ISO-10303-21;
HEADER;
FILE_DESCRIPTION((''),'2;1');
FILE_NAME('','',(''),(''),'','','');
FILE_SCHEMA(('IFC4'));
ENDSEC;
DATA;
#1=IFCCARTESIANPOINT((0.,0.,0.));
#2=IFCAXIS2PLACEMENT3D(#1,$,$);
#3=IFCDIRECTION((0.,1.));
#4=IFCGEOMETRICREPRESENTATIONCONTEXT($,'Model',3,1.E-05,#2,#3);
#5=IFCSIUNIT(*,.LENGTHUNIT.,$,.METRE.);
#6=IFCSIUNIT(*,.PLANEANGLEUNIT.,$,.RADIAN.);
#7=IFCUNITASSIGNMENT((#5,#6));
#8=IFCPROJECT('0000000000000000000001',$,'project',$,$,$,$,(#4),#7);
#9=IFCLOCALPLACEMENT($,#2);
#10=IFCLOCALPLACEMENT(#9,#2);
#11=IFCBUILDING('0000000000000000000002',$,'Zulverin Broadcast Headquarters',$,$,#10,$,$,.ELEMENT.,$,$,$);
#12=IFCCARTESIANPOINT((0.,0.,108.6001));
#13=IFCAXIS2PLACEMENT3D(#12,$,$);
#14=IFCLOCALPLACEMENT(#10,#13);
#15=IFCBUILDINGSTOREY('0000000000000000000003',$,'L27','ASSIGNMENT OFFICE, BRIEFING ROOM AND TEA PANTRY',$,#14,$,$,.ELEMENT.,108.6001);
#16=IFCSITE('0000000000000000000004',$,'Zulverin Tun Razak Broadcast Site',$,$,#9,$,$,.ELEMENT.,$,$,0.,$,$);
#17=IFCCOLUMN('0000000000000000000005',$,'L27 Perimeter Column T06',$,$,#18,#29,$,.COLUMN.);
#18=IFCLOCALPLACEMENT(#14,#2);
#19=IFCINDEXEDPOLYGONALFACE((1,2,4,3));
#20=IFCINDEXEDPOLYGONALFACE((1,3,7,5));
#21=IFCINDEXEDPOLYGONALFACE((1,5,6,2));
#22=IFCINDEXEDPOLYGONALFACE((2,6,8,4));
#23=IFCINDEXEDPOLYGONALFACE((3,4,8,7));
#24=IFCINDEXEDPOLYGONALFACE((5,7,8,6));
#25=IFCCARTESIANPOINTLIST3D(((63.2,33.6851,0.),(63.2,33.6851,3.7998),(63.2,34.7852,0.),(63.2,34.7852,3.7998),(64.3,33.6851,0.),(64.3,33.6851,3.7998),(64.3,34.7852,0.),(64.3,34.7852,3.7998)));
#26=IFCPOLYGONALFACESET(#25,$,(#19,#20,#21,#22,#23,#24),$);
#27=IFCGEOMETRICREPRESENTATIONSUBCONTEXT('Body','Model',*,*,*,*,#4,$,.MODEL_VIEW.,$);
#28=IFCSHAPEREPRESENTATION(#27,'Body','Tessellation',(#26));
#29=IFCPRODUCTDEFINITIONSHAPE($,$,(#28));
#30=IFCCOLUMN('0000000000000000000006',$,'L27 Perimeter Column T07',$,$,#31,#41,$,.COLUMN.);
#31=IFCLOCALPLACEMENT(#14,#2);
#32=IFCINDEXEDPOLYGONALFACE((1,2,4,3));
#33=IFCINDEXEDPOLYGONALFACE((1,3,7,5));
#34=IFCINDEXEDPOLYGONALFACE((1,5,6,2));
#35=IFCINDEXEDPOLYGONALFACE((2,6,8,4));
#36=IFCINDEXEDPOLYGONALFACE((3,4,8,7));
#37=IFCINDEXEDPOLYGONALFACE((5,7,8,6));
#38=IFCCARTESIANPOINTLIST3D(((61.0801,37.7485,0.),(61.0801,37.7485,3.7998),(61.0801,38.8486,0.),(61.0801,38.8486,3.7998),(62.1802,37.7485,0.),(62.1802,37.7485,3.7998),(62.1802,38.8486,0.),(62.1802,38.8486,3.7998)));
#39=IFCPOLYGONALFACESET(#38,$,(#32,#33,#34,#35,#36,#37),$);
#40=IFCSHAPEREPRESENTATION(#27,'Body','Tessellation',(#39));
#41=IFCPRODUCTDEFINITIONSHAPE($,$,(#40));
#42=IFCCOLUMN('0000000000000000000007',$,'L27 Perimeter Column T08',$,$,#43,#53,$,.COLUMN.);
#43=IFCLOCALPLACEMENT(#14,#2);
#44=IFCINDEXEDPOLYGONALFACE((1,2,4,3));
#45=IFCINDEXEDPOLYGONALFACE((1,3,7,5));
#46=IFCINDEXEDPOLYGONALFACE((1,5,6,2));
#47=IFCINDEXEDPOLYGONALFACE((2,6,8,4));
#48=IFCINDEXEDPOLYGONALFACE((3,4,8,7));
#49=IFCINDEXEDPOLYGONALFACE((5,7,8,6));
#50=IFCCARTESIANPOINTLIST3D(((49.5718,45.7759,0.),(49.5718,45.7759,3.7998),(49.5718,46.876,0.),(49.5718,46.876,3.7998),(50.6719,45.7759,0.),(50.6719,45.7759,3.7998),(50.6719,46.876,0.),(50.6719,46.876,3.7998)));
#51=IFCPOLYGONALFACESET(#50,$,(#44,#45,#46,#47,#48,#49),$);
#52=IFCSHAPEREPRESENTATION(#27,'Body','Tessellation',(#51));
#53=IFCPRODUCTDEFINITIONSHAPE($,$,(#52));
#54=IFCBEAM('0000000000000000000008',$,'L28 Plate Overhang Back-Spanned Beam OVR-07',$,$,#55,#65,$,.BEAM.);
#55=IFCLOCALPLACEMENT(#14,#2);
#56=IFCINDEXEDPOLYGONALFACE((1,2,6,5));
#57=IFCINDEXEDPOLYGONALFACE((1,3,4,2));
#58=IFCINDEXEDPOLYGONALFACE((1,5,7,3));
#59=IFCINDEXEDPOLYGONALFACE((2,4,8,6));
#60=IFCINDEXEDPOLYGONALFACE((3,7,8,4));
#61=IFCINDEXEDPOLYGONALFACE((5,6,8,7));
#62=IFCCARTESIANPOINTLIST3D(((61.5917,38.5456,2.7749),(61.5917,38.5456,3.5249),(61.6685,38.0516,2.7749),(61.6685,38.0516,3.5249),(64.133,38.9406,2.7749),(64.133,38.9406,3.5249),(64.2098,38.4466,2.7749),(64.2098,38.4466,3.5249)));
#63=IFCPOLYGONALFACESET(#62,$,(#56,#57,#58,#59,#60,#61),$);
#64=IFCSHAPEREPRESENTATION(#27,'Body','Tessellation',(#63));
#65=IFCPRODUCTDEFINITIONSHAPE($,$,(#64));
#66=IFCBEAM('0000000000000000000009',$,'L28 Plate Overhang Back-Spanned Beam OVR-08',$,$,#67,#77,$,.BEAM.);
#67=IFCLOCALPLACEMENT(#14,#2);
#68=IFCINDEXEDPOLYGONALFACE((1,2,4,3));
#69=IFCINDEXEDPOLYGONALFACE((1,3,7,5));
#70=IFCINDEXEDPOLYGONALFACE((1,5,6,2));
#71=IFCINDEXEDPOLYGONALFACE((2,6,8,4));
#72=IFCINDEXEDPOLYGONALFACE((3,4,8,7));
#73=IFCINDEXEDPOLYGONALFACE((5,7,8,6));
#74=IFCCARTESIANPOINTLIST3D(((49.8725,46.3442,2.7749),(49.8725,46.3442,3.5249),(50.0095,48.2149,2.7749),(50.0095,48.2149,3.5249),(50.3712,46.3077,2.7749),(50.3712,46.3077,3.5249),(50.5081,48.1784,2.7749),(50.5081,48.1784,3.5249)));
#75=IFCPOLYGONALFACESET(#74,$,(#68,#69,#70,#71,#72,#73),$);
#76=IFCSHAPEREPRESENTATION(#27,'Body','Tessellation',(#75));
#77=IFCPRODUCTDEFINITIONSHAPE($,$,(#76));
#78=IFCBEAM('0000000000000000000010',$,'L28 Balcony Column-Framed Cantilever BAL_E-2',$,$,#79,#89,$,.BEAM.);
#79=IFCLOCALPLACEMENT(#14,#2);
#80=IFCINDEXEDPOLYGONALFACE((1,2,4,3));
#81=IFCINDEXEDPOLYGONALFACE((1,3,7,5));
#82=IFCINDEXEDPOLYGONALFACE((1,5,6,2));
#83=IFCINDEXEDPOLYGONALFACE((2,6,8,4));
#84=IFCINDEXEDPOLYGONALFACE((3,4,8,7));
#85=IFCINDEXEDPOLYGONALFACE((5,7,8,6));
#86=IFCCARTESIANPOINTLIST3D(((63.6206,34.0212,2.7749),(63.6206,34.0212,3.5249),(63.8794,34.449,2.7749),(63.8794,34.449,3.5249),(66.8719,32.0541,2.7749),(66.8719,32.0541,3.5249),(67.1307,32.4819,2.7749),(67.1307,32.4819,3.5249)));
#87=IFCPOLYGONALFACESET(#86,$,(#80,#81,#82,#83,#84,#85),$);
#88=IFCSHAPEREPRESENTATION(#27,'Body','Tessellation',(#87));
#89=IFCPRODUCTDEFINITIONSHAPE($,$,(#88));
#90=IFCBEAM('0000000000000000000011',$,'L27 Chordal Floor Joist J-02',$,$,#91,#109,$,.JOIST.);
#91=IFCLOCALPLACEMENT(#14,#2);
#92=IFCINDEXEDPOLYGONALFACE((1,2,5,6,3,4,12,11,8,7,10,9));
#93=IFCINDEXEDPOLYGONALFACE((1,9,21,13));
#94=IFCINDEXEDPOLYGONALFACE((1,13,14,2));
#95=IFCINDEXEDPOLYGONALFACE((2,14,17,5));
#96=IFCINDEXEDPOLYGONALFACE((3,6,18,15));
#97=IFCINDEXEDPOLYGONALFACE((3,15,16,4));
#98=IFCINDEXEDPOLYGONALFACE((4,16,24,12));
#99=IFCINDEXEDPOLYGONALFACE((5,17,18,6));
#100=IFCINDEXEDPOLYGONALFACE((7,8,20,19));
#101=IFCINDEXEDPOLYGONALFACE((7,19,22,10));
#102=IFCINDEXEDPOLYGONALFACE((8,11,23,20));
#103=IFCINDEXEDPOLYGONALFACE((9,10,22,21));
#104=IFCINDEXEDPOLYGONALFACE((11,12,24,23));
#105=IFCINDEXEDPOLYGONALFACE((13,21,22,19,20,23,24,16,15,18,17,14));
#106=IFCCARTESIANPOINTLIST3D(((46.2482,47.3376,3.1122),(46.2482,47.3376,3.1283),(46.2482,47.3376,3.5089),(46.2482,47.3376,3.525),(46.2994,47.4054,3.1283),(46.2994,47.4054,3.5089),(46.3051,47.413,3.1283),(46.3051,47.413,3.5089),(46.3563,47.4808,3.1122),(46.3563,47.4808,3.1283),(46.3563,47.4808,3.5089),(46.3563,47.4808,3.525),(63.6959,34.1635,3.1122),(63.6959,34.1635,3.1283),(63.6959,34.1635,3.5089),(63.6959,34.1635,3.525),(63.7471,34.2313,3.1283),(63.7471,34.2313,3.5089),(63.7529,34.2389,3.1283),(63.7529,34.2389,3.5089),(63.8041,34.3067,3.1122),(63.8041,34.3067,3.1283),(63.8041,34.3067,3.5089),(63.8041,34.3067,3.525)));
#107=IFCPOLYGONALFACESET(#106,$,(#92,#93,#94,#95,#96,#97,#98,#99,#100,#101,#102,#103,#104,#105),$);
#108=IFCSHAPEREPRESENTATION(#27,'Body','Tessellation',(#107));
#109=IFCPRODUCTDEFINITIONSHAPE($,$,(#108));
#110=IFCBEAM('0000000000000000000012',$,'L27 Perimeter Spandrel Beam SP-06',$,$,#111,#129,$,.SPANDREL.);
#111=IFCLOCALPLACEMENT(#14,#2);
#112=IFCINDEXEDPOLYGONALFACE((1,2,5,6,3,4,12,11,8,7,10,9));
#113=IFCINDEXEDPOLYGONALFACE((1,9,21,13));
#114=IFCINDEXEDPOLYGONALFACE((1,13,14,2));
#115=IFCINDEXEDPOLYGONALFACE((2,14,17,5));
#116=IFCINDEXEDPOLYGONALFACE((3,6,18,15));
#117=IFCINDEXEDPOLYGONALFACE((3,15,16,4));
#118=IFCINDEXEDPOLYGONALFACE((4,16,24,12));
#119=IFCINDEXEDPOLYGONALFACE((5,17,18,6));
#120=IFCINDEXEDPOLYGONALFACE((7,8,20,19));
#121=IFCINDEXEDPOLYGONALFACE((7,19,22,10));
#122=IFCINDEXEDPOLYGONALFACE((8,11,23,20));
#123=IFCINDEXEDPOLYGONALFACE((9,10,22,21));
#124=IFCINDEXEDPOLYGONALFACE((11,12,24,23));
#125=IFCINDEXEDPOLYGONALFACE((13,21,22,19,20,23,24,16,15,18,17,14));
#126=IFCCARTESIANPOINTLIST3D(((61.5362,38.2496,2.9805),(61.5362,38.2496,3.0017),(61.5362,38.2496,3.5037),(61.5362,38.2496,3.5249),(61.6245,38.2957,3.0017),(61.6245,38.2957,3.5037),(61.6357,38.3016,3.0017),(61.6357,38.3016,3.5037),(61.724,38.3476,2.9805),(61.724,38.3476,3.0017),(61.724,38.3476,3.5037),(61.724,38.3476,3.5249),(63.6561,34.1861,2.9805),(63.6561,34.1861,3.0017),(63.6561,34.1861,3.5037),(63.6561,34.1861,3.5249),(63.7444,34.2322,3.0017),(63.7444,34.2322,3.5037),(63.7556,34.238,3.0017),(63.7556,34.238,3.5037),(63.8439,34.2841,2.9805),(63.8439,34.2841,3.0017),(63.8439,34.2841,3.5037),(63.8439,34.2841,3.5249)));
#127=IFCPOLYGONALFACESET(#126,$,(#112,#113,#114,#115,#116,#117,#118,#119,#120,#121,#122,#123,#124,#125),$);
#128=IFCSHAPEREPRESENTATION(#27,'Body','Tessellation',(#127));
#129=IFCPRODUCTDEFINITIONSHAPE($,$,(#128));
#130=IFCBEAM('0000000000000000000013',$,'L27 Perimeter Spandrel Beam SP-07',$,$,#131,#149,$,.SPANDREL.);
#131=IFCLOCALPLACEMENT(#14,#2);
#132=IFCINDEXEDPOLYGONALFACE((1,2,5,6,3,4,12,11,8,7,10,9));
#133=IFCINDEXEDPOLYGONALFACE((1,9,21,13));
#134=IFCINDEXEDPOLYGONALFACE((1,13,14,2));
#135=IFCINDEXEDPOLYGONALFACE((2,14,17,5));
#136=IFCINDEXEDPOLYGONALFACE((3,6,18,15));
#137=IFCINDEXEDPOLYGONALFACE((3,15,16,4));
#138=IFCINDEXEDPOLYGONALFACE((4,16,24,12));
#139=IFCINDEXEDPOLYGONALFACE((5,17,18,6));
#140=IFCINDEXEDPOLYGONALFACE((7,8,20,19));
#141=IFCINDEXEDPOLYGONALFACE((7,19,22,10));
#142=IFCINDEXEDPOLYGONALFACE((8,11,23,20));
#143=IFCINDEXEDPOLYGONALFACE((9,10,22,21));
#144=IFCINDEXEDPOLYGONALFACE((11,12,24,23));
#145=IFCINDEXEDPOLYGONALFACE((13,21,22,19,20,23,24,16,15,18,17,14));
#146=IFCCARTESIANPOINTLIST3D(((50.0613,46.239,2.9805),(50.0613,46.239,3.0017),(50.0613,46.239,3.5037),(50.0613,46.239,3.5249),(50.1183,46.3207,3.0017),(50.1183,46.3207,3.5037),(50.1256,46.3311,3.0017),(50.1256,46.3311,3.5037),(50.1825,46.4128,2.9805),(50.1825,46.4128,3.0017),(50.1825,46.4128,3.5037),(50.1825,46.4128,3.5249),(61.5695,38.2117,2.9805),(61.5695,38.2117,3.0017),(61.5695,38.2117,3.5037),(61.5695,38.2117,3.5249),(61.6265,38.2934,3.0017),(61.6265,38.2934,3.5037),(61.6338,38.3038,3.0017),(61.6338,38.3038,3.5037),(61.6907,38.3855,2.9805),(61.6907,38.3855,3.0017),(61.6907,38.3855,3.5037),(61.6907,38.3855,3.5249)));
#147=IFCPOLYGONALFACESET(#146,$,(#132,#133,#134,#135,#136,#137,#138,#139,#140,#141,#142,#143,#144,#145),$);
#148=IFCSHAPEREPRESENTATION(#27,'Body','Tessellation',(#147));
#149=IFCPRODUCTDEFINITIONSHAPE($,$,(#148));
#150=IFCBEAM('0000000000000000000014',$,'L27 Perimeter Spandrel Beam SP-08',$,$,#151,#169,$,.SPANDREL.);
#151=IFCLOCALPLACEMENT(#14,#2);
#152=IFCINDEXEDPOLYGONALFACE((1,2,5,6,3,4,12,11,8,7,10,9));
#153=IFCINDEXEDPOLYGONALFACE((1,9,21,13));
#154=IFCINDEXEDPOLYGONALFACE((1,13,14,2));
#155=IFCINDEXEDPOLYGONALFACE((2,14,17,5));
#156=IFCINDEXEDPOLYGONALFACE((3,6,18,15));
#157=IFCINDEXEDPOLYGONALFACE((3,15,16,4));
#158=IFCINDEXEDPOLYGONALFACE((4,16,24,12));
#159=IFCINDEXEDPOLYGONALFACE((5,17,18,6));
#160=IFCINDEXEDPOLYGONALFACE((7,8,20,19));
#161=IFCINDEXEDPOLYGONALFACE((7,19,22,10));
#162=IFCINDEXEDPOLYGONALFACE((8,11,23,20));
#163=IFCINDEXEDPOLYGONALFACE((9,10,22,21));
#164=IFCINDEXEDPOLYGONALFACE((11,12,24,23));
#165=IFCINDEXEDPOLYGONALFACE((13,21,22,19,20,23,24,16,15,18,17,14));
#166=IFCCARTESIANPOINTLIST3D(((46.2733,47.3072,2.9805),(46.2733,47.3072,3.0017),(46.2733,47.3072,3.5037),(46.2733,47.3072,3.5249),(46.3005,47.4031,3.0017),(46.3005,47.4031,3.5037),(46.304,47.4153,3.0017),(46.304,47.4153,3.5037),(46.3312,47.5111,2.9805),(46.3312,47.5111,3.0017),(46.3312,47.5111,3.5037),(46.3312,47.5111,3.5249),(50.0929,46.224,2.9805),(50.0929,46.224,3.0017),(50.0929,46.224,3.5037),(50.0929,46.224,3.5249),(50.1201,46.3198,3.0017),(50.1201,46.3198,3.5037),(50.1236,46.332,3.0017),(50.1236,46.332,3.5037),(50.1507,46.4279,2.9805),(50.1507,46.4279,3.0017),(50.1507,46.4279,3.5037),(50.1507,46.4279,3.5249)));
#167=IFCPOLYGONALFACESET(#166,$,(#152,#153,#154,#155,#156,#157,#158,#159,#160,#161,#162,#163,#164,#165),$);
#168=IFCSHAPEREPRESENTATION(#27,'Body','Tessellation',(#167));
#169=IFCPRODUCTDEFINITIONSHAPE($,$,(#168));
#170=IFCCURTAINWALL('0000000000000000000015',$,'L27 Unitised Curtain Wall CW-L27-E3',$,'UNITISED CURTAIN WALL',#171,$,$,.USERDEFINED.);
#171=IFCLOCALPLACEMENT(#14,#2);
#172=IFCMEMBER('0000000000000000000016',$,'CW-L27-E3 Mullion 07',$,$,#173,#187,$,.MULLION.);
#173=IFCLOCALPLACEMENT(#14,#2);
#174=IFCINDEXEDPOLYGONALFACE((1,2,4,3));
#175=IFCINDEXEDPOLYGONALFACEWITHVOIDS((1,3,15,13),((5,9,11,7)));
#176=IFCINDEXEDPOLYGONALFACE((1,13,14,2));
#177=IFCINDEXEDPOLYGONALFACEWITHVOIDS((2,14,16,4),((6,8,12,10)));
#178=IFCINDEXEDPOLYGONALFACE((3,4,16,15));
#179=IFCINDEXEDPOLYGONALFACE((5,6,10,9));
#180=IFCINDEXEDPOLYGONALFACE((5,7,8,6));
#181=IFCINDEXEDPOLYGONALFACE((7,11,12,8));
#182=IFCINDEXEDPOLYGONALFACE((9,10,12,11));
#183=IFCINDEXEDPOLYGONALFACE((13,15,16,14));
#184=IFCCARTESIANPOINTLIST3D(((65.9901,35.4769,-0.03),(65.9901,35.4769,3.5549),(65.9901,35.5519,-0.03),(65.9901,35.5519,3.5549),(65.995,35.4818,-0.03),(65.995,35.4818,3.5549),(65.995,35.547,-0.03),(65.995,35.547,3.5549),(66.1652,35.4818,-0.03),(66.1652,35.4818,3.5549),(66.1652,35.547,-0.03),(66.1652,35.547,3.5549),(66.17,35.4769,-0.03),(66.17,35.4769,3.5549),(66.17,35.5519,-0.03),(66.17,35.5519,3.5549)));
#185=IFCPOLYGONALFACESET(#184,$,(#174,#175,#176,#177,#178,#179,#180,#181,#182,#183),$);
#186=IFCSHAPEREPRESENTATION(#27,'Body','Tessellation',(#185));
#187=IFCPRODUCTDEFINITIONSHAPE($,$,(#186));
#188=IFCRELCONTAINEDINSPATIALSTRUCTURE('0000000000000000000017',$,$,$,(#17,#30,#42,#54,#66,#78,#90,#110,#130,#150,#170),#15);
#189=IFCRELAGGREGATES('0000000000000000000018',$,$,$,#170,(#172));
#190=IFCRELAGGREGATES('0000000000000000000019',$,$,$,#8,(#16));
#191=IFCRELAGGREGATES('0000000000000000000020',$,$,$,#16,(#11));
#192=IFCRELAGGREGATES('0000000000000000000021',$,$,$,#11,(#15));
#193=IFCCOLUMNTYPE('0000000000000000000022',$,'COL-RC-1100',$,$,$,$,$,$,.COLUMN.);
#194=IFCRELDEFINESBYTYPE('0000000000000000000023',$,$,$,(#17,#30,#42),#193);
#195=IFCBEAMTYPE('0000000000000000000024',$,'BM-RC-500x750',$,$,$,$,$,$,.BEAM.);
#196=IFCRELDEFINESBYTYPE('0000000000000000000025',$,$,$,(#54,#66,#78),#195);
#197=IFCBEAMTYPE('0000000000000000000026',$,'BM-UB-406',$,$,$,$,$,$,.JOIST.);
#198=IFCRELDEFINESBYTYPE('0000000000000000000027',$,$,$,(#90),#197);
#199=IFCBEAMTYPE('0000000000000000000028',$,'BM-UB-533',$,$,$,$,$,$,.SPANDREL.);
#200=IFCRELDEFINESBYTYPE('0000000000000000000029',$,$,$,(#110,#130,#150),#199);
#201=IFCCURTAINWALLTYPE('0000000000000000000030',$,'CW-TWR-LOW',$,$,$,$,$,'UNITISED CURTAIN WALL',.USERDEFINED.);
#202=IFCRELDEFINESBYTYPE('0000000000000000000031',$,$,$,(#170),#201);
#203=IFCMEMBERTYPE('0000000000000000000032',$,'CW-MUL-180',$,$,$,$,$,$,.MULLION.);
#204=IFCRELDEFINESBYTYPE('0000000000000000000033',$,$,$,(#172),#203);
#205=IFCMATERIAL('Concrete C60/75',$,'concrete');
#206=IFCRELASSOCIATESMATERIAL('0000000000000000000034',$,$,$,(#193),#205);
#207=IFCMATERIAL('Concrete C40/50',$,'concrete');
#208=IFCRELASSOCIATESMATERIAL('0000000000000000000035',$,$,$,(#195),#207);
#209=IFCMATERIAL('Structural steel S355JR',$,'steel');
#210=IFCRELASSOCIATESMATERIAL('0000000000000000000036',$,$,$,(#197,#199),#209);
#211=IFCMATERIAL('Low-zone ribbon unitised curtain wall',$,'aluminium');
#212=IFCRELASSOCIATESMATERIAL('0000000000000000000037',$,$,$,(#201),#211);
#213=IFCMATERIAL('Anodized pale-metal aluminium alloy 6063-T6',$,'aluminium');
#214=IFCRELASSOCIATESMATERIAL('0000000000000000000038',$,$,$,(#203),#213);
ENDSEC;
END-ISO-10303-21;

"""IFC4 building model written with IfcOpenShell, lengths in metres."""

from ifc_helpers import new_model, si_unit, direction, frame, origin, origin_2d, place, context, subcontext, project, spatial, rectangle, hollow_rectangle, i_section, extrude, material, material_profile, profile_set, type_object, element, aggregate, save


model = new_model("IFC4")

# Units and contexts
model_context = context("Model", 3, precision=1e-05, world=origin(), true_north=direction((0.0, 1.0)))
body_context = subcontext(model_context, "Body", "Model", "MODEL_VIEW")
ifc_project = project(units=[si_unit("LENGTHUNIT", "METRE"), si_unit("PLANEANGLEUNIT", "RADIAN")], contexts=[model_context])

# Site, building, storey
site_placement = place(None, origin())
site = spatial("IfcSite", under=ifc_project, at=site_placement, Name="Zulverin Tun Razak Broadcast Site", CompositionType="ELEMENT", RefElevation=0.0)
building_placement = place(site_placement, origin())
building = spatial("IfcBuilding", under=site, at=building_placement, Name="Zulverin Broadcast Headquarters", CompositionType="ELEMENT")
storey_placement = place(building_placement, frame((0.0, 0.0, 108.6001)))
storey = spatial("IfcBuildingStorey", under=building, at=storey_placement, Name="L27", Description="ASSIGNMENT OFFICE, BRIEFING ROOM AND TEA PANTRY", CompositionType="ELEMENT", Elevation=108.6001)

# Columns
ifc_material_1 = material(Name="Concrete C60/75", Category="concrete")
ifc_material_profile_1 = material_profile(ifc_material_1, rectangle(XDim=1.1001, YDim=1.1001, at=origin_2d()), Name="Concrete C60/75", Category="concrete")
ifc_profile_set_1 = profile_set([ifc_material_profile_1], Name="Concrete C60/75")
column_type = type_object("IfcColumnType", Name="COL-RC-1100", PredefinedType="COLUMN", material=ifc_profile_set_1)
for number, where, z_axis, x_axis, name in (
    (1, (63.75, 34.2351, 0.0), (0.0, 0.0, 1.0), (1.0, 0.0, 0.0), "L27 Perimeter Column T06"),
    (2, (61.6301, 38.2986, 0.0), (0.0, 0.0, 1.0), (1.0, 0.0, 0.0), "L27 Perimeter Column T07"),
    (3, (50.1218, 46.3259, 0.0), (0.0, 0.0, 1.0), (1.0, 0.0, 0.0), "L27 Perimeter Column T08"),
):
    element("IfcColumn", number, at=place(storey_placement, frame(where, z_axis=z_axis, x_axis=x_axis)), inside=storey, type_object=column_type, Name=name, PredefinedType="COLUMN", context=body_context, shape_type="SweptSolid", body=[
        extrude(rectangle(XDim=1.1001, YDim=1.1001, at=origin_2d()), origin(), (0.0, 0.0, 1.0), 3.7998),
    ])

# Beams
ifc_material_2 = material(Name="Concrete C40/50", Category="concrete")
ifc_material_profile_2 = material_profile(ifc_material_2, rectangle(XDim=0.5, YDim=0.75, at=origin_2d()), Name="Concrete C40/50", Category="concrete")
ifc_profile_set_2 = profile_set([ifc_material_profile_2], Name="Concrete C40/50")
beam_type_1 = type_object("IfcBeamType", Name="BM-RC-500x750", PredefinedType="BEAM", material=ifc_profile_set_2)
beam_1_placement = place(storey_placement, frame((61.6301, 38.2986, 3.1499), z_axis=(0.988133, 0.153598, 0.0), x_axis=(-0.153598, 0.988133, 0.0)))
element("IfcBeam", 4, at=beam_1_placement, inside=storey, type_object=beam_type_1, Name="L28 Plate Overhang Back-Spanned Beam OVR-07", PredefinedType="BEAM", context=body_context, shape_type="SweptSolid", body=[
    extrude(rectangle(XDim=0.5, YDim=0.75, at=origin_2d()), origin(), (0.0, 0.0, 1.0), 2.5718),
])
beam_2_placement = place(storey_placement, frame((50.1218, 46.3259, 3.1499), z_axis=(0.073023, 0.99733, 0.0), x_axis=(-0.99733, 0.073023, 0.0)))
element("IfcBeam", 5, at=beam_2_placement, inside=storey, type_object=beam_type_1, Name="L28 Plate Overhang Back-Spanned Beam OVR-08", PredefinedType="BEAM", context=body_context, shape_type="SweptSolid", body=[
    extrude(rectangle(XDim=0.5, YDim=0.75, at=origin_2d()), origin(), (0.0, 0.0, 1.0), 1.8757),
])
beam_3_placement = place(storey_placement, frame((63.75, 34.2351, 3.1499), z_axis=(0.855594, -0.517648, 0.0), x_axis=(0.517648, 0.855594, 0.0)))
element("IfcBeam", 6, at=beam_3_placement, inside=storey, type_object=beam_type_1, Name="L28 Balcony Column-Framed Cantilever BAL_E-2", PredefinedType="BEAM", context=body_context, shape_type="SweptSolid", body=[
    extrude(rectangle(XDim=0.5, YDim=0.75, at=origin_2d()), origin(), (0.0, 0.0, 1.0), 3.8),
])
ifc_material_3 = material(Name="Structural steel S355JR", Category="steel")
ifc_material_profile_3 = material_profile(ifc_material_3, i_section(OverallWidth=0.1794, OverallDepth=0.4128, WebThickness=0.0095, FlangeThickness=0.0161, at=origin_2d()), Name="Structural steel S355JR", Category="steel")
ifc_profile_set_3 = profile_set([ifc_material_profile_3], Name="Structural steel S355JR")
beam_type_2 = type_object("IfcBeamType", Name="BM-UB-406", PredefinedType="JOIST", material=ifc_profile_set_3)
beam_4_placement = place(storey_placement, frame((63.75, 34.2351, 3.3186), z_axis=(-0.798058, 0.60258, 0.0), x_axis=(-0.60258, -0.798058, 0.0)))
element("IfcBeam", 7, at=beam_4_placement, inside=storey, type_object=beam_type_2, Name="L27 Chordal Floor Joist J-02", PredefinedType="JOIST", context=body_context, shape_type="SweptSolid", body=[
    extrude(i_section(OverallWidth=0.1794, OverallDepth=0.4128, WebThickness=0.0095, FlangeThickness=0.0161, at=origin_2d()), origin(), (0.0, 0.0, 1.0), 21.8628),
])
ifc_material_profile_4 = material_profile(ifc_material_3, i_section(OverallWidth=0.2119, OverallDepth=0.5444, WebThickness=0.0127, FlangeThickness=0.0212, at=origin_2d()), Name="Structural steel S355JR", Category="steel")
ifc_profile_set_4 = profile_set([ifc_material_profile_4], Name="Structural steel S355JR")
beam_type_3 = type_object("IfcBeamType", Name="BM-UB-533", PredefinedType="SPANDREL", material=ifc_profile_set_4)
beam_5_placement = place(storey_placement, frame((63.75, 34.2351, 3.2527), z_axis=(-0.462531, 0.886603, 0.0), x_axis=(-0.886603, -0.462531, 0.0)))
element("IfcBeam", 8, at=beam_5_placement, inside=storey, type_object=beam_type_3, Name="L27 Perimeter Spandrel Beam SP-06", PredefinedType="SPANDREL", context=body_context, shape_type="SweptSolid", body=[
    extrude(i_section(OverallWidth=0.2119, OverallDepth=0.5444, WebThickness=0.0127, FlangeThickness=0.0212, at=origin_2d()), origin(), (0.0, 0.0, 1.0), 4.5833),
])
beam_6_placement = place(storey_placement, frame((61.6301, 38.2986, 3.2527), z_axis=(-0.820184, 0.5721, 0.0), x_axis=(-0.5721, -0.820184, 0.0)))
element("IfcBeam", 9, at=beam_6_placement, inside=storey, type_object=beam_type_3, Name="L27 Perimeter Spandrel Beam SP-07", PredefinedType="SPANDREL", context=body_context, shape_type="SweptSolid", body=[
    extrude(i_section(OverallWidth=0.2119, OverallDepth=0.5444, WebThickness=0.0127, FlangeThickness=0.0212, at=origin_2d()), origin(), (0.0, 0.0, 1.0), 14.0312),
])
beam_7_placement = place(storey_placement, frame((50.1218, 46.3259, 3.2527), z_axis=(-0.962058, 0.272844, 0.0), x_axis=(-0.272844, -0.962058, 0.0)))
element("IfcBeam", 10, at=beam_7_placement, inside=storey, type_object=beam_type_3, Name="L27 Perimeter Spandrel Beam SP-08", PredefinedType="SPANDREL", context=body_context, shape_type="SweptSolid", body=[
    extrude(i_section(OverallWidth=0.2119, OverallDepth=0.5444, WebThickness=0.0127, FlangeThickness=0.0212, at=origin_2d()), origin(), (0.0, 0.0, 1.0), 3.9702),
])

# Curtain wall, member
ifc_material_4 = material(Name="Low-zone ribbon unitised curtain wall", Category="aluminium")
curtain_wall_type = type_object("IfcCurtainWallType", Name="CW-TWR-LOW", ElementType="UNITISED CURTAIN WALL", PredefinedType="USERDEFINED", material=ifc_material_4)
curtain_wall_placement = place(storey_placement, origin())
curtain_wall = element("IfcCurtainWall", 11, at=curtain_wall_placement, inside=storey, type_object=curtain_wall_type, Name="L27 Unitised Curtain Wall CW-L27-E3", ObjectType="UNITISED CURTAIN WALL", PredefinedType="USERDEFINED")
ifc_material_5 = material(Name="Anodized pale-metal aluminium alloy 6063-T6", Category="aluminium")
ifc_material_profile_5 = material_profile(ifc_material_5, hollow_rectangle(XDim=0.075, YDim=0.1799, WallThickness=0.0049, at=origin_2d()), Name="Anodized pale-metal aluminium alloy 6063-T6", Category="aluminium")
ifc_profile_set_5 = profile_set([ifc_material_profile_5], Name="Anodized pale-metal aluminium alloy 6063-T6")
member_type = type_object("IfcMemberType", Name="CW-MUL-180", PredefinedType="MULLION", material=ifc_profile_set_5)
member_placement = place(storey_placement, frame((66.0801, 35.5144, -0.03), z_axis=(0.0, 0.0, 1.0), x_axis=(0.0, 1.0, 0.0)))
member = element("IfcMember", 12, at=member_placement, type_object=member_type, Name="CW-L27-E3 Mullion 07", PredefinedType="MULLION", context=body_context, shape_type="SweptSolid", body=[
    extrude(hollow_rectangle(XDim=0.075, YDim=0.1799, WallThickness=0.0049, at=origin_2d()), origin(), (0.0, 0.0, 1.0), 3.585),
])
aggregate(curtain_wall, [member])

save(model, "model.ifc")
